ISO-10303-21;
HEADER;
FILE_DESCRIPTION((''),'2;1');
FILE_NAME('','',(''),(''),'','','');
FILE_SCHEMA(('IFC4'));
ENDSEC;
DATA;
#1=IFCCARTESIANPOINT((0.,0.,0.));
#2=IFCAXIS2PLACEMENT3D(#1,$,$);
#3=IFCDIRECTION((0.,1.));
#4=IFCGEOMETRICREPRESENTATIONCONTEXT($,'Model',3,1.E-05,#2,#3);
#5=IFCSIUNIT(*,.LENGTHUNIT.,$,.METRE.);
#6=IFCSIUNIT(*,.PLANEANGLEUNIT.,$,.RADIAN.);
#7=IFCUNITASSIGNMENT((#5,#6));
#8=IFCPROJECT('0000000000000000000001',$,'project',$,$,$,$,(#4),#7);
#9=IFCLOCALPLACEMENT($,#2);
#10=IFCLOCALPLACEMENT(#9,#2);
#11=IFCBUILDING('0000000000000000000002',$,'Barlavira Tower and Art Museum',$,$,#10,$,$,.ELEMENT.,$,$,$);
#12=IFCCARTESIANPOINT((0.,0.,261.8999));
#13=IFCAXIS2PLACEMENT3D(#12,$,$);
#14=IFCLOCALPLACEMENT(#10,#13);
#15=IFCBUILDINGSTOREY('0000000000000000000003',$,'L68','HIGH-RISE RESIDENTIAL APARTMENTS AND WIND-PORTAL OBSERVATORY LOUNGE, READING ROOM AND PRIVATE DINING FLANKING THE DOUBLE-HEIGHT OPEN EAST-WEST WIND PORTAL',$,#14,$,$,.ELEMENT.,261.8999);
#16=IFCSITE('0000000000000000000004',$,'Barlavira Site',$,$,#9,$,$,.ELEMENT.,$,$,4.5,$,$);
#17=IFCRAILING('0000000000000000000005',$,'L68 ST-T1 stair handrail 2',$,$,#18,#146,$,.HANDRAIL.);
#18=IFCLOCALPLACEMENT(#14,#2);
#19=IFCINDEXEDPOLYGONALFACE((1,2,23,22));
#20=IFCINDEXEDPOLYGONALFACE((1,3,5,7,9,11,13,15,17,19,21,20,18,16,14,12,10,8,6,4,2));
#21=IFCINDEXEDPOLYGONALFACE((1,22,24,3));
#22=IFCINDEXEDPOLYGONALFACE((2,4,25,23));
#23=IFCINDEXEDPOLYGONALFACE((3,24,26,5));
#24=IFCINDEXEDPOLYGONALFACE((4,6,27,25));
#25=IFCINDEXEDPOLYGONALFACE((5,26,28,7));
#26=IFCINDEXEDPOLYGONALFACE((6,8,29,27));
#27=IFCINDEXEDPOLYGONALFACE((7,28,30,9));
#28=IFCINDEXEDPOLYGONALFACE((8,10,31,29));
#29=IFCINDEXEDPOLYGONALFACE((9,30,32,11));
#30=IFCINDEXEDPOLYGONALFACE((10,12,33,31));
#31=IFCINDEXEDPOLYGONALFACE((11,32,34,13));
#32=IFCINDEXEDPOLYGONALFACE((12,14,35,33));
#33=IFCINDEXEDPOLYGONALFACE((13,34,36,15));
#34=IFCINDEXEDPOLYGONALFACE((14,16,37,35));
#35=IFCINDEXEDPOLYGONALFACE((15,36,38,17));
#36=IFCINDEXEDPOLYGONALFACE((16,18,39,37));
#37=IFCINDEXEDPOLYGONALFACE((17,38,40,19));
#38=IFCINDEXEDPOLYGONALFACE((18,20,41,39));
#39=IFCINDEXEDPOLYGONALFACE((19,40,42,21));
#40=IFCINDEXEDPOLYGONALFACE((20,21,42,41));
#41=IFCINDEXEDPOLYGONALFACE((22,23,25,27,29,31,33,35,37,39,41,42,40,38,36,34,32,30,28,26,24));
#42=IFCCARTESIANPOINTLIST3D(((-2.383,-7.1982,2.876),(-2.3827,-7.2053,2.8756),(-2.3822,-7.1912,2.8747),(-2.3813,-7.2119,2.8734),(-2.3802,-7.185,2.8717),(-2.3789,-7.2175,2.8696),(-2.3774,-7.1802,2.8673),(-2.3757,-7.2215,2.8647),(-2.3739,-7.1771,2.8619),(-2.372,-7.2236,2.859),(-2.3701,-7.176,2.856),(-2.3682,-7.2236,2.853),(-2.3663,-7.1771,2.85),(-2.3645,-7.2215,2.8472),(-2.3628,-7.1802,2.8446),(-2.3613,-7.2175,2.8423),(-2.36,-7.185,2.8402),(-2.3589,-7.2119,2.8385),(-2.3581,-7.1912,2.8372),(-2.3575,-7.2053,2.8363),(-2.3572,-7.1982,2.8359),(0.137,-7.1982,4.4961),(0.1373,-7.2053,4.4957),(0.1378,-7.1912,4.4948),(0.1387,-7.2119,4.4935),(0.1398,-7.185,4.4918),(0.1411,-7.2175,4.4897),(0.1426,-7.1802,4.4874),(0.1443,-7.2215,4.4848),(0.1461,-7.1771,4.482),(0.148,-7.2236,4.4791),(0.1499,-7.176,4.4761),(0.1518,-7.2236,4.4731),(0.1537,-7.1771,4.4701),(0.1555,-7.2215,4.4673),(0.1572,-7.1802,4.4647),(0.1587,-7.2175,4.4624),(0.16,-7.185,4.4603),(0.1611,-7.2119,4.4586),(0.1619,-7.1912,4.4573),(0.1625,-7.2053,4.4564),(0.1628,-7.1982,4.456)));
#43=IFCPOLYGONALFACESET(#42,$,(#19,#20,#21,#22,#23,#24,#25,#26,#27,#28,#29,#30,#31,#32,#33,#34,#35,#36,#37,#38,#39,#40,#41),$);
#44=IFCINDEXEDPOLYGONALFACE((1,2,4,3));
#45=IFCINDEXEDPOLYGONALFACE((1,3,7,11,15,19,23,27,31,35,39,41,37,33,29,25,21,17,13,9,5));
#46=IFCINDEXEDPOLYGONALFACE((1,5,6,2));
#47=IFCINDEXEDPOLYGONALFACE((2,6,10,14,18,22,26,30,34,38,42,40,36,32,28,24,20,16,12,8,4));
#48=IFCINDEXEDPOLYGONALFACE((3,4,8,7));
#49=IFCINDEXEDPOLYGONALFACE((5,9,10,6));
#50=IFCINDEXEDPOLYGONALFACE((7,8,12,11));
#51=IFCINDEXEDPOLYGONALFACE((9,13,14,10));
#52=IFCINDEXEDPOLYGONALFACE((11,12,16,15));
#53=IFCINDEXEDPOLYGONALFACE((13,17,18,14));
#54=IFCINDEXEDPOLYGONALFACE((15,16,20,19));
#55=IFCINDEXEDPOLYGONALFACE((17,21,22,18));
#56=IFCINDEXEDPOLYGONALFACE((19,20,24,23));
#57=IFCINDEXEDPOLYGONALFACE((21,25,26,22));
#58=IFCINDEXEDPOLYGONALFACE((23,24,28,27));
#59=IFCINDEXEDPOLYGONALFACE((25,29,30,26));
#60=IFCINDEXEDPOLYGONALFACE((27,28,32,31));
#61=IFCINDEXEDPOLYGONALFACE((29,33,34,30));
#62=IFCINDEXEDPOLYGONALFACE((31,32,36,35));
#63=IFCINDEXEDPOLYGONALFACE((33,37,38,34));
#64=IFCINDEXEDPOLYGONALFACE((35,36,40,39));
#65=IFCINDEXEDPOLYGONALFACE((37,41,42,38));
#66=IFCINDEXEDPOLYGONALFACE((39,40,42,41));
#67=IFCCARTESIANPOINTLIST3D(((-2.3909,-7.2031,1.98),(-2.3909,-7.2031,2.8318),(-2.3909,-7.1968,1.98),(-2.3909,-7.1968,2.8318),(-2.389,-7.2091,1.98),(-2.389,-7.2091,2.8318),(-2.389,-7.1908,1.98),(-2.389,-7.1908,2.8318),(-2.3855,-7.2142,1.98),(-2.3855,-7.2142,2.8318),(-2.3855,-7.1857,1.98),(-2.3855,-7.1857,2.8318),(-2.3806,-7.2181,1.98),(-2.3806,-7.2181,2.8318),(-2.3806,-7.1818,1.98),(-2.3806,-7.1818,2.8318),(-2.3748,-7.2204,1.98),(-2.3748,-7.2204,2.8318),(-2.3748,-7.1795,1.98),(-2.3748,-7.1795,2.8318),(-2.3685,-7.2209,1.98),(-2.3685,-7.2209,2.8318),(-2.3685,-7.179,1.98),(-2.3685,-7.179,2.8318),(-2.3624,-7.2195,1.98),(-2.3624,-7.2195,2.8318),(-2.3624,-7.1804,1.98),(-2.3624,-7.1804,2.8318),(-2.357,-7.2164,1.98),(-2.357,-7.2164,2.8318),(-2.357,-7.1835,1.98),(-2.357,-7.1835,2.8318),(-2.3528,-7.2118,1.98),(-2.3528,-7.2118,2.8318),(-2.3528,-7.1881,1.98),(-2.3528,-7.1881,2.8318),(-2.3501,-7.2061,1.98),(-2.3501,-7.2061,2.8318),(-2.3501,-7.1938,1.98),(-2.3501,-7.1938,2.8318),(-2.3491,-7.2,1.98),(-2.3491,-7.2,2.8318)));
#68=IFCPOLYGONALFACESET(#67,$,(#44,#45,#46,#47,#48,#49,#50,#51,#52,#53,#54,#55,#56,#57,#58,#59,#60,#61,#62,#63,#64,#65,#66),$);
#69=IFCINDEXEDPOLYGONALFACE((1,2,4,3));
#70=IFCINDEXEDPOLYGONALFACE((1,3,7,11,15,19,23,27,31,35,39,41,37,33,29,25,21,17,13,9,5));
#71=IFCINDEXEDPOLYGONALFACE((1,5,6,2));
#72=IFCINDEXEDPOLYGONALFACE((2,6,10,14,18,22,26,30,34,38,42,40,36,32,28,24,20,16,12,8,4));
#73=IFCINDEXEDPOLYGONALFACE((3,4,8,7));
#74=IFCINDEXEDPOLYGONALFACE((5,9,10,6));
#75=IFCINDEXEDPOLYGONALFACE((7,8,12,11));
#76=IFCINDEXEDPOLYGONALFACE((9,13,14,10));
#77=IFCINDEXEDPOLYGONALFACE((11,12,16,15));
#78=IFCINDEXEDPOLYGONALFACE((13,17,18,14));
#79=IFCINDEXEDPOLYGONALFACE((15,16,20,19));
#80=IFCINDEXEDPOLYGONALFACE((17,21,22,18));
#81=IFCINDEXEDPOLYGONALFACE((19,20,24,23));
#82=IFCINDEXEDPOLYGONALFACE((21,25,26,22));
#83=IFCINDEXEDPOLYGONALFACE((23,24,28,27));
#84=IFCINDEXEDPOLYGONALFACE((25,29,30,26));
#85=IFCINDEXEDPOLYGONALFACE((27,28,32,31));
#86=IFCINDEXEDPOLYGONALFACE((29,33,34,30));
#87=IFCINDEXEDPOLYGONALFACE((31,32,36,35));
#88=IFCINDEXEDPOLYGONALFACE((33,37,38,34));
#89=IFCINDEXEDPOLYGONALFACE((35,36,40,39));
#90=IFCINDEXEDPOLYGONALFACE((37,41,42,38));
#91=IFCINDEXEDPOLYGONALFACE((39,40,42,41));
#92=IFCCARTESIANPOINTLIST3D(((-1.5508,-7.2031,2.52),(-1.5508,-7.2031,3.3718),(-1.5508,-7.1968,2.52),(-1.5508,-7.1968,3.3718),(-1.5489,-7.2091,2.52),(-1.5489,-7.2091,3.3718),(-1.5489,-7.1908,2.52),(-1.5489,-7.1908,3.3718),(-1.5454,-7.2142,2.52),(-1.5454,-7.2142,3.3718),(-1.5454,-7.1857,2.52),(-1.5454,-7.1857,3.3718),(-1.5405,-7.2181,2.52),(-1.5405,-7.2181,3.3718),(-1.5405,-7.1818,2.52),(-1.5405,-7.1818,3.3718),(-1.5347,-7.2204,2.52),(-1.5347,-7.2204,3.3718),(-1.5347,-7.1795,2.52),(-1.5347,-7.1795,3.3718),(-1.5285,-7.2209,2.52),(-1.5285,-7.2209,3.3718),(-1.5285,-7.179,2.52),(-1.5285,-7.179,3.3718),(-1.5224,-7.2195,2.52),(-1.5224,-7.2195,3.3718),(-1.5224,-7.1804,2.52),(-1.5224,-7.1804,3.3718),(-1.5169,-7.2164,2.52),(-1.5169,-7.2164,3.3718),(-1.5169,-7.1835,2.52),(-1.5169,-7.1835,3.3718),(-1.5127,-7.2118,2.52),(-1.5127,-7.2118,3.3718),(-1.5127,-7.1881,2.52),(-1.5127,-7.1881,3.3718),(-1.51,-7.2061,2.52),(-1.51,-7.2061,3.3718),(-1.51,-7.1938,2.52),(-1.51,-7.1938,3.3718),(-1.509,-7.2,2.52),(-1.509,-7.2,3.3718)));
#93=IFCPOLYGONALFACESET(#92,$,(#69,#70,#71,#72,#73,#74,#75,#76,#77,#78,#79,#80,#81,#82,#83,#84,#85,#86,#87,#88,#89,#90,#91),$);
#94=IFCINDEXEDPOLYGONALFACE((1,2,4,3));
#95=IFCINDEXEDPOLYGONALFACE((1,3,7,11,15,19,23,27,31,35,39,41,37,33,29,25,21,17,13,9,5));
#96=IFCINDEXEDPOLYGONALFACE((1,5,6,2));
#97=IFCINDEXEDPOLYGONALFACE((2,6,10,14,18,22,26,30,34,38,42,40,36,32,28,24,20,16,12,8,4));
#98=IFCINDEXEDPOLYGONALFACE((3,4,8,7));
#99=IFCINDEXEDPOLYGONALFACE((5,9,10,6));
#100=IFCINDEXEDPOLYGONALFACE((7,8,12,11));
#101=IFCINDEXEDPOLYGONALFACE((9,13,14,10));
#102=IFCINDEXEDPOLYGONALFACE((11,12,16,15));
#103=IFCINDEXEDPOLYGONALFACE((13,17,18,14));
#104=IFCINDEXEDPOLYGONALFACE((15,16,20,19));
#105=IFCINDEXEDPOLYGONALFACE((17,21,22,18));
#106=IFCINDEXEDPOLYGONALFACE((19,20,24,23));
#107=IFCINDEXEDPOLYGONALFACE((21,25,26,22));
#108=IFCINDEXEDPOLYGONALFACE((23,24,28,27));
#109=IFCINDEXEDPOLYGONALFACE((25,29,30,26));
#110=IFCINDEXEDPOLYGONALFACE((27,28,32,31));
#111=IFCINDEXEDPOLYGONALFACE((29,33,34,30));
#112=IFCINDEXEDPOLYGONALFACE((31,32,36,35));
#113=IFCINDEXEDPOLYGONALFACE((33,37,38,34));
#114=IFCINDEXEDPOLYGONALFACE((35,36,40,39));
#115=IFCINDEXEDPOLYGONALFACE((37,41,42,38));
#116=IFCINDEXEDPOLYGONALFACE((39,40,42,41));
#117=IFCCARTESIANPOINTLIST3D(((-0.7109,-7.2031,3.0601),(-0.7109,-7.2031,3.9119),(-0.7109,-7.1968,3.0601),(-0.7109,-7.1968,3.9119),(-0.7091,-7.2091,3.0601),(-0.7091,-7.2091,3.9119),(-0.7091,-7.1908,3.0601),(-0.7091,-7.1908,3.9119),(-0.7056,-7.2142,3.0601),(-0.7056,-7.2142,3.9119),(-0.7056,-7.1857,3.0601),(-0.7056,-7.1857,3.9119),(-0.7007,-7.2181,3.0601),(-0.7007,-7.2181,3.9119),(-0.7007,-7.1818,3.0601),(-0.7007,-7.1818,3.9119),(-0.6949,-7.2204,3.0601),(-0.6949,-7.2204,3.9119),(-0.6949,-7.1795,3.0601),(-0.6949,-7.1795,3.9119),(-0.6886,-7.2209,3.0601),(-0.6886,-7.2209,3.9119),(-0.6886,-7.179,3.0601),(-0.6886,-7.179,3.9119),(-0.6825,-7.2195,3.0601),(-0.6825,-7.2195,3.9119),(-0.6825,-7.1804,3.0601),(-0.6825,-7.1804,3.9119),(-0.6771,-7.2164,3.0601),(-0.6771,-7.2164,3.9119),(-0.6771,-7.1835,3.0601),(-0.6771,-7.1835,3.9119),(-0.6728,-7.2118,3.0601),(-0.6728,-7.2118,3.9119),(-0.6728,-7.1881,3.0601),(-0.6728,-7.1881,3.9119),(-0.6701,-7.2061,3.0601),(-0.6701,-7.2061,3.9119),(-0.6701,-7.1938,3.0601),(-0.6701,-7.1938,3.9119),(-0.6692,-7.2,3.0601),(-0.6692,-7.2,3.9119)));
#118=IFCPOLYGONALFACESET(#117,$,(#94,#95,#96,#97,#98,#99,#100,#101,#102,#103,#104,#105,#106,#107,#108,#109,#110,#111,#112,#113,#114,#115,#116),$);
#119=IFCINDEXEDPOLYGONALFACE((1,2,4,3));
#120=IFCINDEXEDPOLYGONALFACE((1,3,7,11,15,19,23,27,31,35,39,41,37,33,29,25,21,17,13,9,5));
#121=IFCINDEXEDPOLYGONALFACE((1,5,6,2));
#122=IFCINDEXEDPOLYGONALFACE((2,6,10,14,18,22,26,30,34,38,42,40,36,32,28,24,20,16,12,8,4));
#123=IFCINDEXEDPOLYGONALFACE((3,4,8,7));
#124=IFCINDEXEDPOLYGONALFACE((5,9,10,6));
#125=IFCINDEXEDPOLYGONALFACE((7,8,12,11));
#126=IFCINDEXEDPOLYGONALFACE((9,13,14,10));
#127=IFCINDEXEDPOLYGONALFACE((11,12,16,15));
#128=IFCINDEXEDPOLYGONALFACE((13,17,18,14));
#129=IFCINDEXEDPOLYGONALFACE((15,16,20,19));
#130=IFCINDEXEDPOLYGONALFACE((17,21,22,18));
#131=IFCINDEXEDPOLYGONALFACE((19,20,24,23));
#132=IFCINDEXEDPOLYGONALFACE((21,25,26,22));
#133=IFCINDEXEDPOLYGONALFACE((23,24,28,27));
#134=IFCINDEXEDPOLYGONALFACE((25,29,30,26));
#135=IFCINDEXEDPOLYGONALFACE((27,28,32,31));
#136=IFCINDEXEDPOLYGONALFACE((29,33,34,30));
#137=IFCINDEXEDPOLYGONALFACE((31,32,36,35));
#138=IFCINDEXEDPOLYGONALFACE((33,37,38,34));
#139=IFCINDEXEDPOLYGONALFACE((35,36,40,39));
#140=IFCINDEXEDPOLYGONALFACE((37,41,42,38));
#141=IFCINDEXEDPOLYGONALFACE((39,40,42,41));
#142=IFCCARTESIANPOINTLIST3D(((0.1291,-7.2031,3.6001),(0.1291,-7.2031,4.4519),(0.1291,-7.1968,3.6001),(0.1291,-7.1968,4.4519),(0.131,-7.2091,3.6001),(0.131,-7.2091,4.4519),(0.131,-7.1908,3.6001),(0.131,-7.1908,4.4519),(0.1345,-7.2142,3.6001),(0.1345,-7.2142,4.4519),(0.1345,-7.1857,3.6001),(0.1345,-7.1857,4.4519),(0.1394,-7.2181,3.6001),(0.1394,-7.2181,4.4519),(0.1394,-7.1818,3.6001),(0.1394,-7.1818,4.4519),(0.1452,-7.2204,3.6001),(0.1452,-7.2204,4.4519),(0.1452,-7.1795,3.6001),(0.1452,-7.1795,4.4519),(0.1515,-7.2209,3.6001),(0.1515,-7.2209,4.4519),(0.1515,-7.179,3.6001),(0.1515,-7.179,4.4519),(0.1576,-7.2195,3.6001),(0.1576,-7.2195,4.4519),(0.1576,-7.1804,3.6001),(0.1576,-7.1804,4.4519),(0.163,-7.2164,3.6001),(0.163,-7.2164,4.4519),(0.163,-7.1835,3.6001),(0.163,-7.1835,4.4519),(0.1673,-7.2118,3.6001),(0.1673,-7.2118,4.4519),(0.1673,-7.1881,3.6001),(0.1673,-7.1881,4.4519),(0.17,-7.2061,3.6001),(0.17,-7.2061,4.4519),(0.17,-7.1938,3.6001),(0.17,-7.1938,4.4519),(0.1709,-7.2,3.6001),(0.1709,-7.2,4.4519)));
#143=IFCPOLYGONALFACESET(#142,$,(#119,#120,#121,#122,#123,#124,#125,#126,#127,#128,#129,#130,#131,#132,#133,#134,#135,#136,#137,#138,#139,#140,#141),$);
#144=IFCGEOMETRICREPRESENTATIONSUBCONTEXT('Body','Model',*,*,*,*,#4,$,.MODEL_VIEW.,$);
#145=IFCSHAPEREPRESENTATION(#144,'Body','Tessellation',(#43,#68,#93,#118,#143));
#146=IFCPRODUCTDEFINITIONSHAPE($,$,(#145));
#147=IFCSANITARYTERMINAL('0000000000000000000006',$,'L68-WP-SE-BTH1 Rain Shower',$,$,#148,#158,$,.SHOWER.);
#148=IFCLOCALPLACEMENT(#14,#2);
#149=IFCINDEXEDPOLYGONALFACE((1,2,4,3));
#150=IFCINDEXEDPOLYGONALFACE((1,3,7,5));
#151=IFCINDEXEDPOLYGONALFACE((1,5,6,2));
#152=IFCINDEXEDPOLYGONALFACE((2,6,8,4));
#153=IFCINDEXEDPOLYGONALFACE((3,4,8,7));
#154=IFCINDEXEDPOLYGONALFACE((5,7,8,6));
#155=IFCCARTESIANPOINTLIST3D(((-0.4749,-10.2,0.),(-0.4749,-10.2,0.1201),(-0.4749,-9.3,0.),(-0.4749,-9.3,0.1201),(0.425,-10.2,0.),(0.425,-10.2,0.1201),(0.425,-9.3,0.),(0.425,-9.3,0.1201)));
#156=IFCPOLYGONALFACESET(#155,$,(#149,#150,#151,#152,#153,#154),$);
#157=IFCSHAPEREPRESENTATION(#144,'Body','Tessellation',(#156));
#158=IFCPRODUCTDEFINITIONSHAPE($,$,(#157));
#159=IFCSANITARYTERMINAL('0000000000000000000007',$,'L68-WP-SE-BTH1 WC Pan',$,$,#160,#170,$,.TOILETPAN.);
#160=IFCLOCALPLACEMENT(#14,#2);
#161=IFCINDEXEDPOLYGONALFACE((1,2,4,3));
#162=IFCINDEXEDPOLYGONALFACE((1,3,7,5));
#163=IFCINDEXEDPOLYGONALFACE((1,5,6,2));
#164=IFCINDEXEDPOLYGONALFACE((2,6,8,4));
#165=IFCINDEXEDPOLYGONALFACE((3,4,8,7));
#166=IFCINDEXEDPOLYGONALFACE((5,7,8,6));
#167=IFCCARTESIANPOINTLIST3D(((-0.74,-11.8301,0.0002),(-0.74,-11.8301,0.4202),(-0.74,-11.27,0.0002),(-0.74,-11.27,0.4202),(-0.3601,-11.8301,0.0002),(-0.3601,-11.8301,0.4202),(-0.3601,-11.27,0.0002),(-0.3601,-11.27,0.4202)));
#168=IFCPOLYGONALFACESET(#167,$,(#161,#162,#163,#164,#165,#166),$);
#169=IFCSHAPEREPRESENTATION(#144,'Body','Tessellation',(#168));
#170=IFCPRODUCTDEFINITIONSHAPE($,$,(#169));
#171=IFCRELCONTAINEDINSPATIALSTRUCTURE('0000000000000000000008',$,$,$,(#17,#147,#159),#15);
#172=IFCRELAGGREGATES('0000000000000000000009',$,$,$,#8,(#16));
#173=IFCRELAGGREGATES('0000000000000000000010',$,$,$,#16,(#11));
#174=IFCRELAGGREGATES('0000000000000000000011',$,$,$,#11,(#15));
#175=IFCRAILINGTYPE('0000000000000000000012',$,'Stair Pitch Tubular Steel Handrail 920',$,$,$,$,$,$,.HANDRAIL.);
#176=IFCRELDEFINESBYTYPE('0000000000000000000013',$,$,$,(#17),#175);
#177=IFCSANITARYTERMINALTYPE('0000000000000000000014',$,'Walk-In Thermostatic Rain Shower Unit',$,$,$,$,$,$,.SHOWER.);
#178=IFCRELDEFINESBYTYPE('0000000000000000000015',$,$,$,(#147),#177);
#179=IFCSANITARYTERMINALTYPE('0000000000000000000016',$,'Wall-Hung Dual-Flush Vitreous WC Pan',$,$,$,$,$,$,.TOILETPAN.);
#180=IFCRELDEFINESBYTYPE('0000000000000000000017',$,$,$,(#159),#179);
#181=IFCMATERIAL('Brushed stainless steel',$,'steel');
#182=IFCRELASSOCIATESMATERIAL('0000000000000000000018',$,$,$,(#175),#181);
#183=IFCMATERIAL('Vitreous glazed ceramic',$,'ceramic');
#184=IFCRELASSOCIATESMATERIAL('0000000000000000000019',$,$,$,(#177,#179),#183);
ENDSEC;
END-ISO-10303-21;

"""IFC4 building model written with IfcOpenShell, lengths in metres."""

from ifc_helpers import new_model, si_unit, direction, frame, origin, origin_2d, place, context, subcontext, project, spatial, rectangle, circle, extrude, material, type_object, element, save


model = new_model("IFC4")

# Units and contexts
model_context = context("Model", 3, precision=1e-05, world=origin(), true_north=direction((0.0, 1.0)))
body_context = subcontext(model_context, "Body", "Model", "MODEL_VIEW")
ifc_project = project(units=[si_unit("LENGTHUNIT", "METRE"), si_unit("PLANEANGLEUNIT", "RADIAN")], contexts=[model_context])

# Site, building, storey
site_placement = place(None, origin())
site = spatial("IfcSite", under=ifc_project, at=site_placement, Name="Barlavira Site", CompositionType="ELEMENT", RefElevation=4.5)
building_placement = place(site_placement, origin())
building = spatial("IfcBuilding", under=site, at=building_placement, Name="Barlavira Tower and Art Museum", CompositionType="ELEMENT")
storey_placement = place(building_placement, frame((0.0, 0.0, 261.8999)))
storey = spatial("IfcBuildingStorey", under=building, at=storey_placement, Name="L68", Description="HIGH-RISE RESIDENTIAL APARTMENTS AND WIND-PORTAL OBSERVATORY LOUNGE, READING ROOM AND PRIVATE DINING FLANKING THE DOUBLE-HEIGHT OPEN EAST-WEST WIND PORTAL", CompositionType="ELEMENT", Elevation=261.8999)

# Shared definitions
ifc_material_1 = material(Name="Brushed stainless steel", Category="steel")

# Railing
railing_type_1 = type_object("IfcRailingType", Name="Stair Pitch Tubular Steel Handrail 920", PredefinedType="HANDRAIL", material=ifc_material_1)
railing_1_placement = place(storey_placement, frame((-2.3701, -7.2, 1.98)))
element("IfcRailing", 1, at=railing_1_placement, inside=storey, type_object=railing_type_1, Name="L68 ST-T1 stair handrail 2", PredefinedType="HANDRAIL", context=body_context, shape_type="SweptSolid", body=[
    extrude(circle(Radius=0.0239, at=origin_2d()), frame((0.0, 0.0, 0.876), z_axis=(0.841163, 0.0, 0.540782), x_axis=(0.0, 1.0, 0.0)), (0.0, 0.0, 1.0), 2.9958),
    extrude(circle(Radius=0.021, at=origin_2d()), origin(), (0.0, 0.0, 1.0), 0.8518),
    extrude(circle(Radius=0.021, at=origin_2d()), frame((0.8401, 0.0, 0.54)), (0.0, 0.0, 1.0), 0.8518),
    extrude(circle(Radius=0.021, at=origin_2d()), frame((1.6799, 0.0, 1.0801)), (0.0, 0.0, 1.0), 0.8518),
    extrude(circle(Radius=0.021, at=origin_2d()), frame((2.52, 0.0, 1.6201)), (0.0, 0.0, 1.0), 0.8518),
])

# Sanitary terminals
ifc_material_2 = material(Name="Vitreous glazed ceramic", Category="ceramic")
sanitary_terminal_type_1 = type_object("IfcSanitaryTerminalType", Name="Walk-In Thermostatic Rain Shower Unit", PredefinedType="SHOWER", material=ifc_material_2)
sanitary_terminal_1_placement = place(storey_placement, frame((-0.0249, -9.75, 0.0), z_axis=(0.0, 0.0, 1.0), x_axis=(1.0, 0.0, 0.0)))
element("IfcSanitaryTerminal", 2, at=sanitary_terminal_1_placement, inside=storey, type_object=sanitary_terminal_type_1, Name="L68-WP-SE-BTH1 Rain Shower", PredefinedType="SHOWER", context=body_context, shape_type="SweptSolid", body=[
    extrude(rectangle(XDim=0.8999, YDim=0.8999, at=origin_2d()), origin(), (0.0, 0.0, 1.0), 0.1201),
])
sanitary_terminal_type_2 = type_object("IfcSanitaryTerminalType", Name="Wall-Hung Dual-Flush Vitreous WC Pan", PredefinedType="TOILETPAN", material=ifc_material_2)
sanitary_terminal_2_placement = place(storey_placement, frame((-0.55, -11.55, 0.0002), z_axis=(0.0, 0.0, 1.0), x_axis=(1.0, 0.0, 0.0)))
element("IfcSanitaryTerminal", 3, at=sanitary_terminal_2_placement, inside=storey, type_object=sanitary_terminal_type_2, Name="L68-WP-SE-BTH1 WC Pan", PredefinedType="TOILETPAN", context=body_context, shape_type="SweptSolid", body=[
    extrude(rectangle(XDim=0.3799, YDim=0.5601, at=origin_2d()), origin(), (0.0, 0.0, 1.0), 0.4199),
])

save(model, "model.ifc")
